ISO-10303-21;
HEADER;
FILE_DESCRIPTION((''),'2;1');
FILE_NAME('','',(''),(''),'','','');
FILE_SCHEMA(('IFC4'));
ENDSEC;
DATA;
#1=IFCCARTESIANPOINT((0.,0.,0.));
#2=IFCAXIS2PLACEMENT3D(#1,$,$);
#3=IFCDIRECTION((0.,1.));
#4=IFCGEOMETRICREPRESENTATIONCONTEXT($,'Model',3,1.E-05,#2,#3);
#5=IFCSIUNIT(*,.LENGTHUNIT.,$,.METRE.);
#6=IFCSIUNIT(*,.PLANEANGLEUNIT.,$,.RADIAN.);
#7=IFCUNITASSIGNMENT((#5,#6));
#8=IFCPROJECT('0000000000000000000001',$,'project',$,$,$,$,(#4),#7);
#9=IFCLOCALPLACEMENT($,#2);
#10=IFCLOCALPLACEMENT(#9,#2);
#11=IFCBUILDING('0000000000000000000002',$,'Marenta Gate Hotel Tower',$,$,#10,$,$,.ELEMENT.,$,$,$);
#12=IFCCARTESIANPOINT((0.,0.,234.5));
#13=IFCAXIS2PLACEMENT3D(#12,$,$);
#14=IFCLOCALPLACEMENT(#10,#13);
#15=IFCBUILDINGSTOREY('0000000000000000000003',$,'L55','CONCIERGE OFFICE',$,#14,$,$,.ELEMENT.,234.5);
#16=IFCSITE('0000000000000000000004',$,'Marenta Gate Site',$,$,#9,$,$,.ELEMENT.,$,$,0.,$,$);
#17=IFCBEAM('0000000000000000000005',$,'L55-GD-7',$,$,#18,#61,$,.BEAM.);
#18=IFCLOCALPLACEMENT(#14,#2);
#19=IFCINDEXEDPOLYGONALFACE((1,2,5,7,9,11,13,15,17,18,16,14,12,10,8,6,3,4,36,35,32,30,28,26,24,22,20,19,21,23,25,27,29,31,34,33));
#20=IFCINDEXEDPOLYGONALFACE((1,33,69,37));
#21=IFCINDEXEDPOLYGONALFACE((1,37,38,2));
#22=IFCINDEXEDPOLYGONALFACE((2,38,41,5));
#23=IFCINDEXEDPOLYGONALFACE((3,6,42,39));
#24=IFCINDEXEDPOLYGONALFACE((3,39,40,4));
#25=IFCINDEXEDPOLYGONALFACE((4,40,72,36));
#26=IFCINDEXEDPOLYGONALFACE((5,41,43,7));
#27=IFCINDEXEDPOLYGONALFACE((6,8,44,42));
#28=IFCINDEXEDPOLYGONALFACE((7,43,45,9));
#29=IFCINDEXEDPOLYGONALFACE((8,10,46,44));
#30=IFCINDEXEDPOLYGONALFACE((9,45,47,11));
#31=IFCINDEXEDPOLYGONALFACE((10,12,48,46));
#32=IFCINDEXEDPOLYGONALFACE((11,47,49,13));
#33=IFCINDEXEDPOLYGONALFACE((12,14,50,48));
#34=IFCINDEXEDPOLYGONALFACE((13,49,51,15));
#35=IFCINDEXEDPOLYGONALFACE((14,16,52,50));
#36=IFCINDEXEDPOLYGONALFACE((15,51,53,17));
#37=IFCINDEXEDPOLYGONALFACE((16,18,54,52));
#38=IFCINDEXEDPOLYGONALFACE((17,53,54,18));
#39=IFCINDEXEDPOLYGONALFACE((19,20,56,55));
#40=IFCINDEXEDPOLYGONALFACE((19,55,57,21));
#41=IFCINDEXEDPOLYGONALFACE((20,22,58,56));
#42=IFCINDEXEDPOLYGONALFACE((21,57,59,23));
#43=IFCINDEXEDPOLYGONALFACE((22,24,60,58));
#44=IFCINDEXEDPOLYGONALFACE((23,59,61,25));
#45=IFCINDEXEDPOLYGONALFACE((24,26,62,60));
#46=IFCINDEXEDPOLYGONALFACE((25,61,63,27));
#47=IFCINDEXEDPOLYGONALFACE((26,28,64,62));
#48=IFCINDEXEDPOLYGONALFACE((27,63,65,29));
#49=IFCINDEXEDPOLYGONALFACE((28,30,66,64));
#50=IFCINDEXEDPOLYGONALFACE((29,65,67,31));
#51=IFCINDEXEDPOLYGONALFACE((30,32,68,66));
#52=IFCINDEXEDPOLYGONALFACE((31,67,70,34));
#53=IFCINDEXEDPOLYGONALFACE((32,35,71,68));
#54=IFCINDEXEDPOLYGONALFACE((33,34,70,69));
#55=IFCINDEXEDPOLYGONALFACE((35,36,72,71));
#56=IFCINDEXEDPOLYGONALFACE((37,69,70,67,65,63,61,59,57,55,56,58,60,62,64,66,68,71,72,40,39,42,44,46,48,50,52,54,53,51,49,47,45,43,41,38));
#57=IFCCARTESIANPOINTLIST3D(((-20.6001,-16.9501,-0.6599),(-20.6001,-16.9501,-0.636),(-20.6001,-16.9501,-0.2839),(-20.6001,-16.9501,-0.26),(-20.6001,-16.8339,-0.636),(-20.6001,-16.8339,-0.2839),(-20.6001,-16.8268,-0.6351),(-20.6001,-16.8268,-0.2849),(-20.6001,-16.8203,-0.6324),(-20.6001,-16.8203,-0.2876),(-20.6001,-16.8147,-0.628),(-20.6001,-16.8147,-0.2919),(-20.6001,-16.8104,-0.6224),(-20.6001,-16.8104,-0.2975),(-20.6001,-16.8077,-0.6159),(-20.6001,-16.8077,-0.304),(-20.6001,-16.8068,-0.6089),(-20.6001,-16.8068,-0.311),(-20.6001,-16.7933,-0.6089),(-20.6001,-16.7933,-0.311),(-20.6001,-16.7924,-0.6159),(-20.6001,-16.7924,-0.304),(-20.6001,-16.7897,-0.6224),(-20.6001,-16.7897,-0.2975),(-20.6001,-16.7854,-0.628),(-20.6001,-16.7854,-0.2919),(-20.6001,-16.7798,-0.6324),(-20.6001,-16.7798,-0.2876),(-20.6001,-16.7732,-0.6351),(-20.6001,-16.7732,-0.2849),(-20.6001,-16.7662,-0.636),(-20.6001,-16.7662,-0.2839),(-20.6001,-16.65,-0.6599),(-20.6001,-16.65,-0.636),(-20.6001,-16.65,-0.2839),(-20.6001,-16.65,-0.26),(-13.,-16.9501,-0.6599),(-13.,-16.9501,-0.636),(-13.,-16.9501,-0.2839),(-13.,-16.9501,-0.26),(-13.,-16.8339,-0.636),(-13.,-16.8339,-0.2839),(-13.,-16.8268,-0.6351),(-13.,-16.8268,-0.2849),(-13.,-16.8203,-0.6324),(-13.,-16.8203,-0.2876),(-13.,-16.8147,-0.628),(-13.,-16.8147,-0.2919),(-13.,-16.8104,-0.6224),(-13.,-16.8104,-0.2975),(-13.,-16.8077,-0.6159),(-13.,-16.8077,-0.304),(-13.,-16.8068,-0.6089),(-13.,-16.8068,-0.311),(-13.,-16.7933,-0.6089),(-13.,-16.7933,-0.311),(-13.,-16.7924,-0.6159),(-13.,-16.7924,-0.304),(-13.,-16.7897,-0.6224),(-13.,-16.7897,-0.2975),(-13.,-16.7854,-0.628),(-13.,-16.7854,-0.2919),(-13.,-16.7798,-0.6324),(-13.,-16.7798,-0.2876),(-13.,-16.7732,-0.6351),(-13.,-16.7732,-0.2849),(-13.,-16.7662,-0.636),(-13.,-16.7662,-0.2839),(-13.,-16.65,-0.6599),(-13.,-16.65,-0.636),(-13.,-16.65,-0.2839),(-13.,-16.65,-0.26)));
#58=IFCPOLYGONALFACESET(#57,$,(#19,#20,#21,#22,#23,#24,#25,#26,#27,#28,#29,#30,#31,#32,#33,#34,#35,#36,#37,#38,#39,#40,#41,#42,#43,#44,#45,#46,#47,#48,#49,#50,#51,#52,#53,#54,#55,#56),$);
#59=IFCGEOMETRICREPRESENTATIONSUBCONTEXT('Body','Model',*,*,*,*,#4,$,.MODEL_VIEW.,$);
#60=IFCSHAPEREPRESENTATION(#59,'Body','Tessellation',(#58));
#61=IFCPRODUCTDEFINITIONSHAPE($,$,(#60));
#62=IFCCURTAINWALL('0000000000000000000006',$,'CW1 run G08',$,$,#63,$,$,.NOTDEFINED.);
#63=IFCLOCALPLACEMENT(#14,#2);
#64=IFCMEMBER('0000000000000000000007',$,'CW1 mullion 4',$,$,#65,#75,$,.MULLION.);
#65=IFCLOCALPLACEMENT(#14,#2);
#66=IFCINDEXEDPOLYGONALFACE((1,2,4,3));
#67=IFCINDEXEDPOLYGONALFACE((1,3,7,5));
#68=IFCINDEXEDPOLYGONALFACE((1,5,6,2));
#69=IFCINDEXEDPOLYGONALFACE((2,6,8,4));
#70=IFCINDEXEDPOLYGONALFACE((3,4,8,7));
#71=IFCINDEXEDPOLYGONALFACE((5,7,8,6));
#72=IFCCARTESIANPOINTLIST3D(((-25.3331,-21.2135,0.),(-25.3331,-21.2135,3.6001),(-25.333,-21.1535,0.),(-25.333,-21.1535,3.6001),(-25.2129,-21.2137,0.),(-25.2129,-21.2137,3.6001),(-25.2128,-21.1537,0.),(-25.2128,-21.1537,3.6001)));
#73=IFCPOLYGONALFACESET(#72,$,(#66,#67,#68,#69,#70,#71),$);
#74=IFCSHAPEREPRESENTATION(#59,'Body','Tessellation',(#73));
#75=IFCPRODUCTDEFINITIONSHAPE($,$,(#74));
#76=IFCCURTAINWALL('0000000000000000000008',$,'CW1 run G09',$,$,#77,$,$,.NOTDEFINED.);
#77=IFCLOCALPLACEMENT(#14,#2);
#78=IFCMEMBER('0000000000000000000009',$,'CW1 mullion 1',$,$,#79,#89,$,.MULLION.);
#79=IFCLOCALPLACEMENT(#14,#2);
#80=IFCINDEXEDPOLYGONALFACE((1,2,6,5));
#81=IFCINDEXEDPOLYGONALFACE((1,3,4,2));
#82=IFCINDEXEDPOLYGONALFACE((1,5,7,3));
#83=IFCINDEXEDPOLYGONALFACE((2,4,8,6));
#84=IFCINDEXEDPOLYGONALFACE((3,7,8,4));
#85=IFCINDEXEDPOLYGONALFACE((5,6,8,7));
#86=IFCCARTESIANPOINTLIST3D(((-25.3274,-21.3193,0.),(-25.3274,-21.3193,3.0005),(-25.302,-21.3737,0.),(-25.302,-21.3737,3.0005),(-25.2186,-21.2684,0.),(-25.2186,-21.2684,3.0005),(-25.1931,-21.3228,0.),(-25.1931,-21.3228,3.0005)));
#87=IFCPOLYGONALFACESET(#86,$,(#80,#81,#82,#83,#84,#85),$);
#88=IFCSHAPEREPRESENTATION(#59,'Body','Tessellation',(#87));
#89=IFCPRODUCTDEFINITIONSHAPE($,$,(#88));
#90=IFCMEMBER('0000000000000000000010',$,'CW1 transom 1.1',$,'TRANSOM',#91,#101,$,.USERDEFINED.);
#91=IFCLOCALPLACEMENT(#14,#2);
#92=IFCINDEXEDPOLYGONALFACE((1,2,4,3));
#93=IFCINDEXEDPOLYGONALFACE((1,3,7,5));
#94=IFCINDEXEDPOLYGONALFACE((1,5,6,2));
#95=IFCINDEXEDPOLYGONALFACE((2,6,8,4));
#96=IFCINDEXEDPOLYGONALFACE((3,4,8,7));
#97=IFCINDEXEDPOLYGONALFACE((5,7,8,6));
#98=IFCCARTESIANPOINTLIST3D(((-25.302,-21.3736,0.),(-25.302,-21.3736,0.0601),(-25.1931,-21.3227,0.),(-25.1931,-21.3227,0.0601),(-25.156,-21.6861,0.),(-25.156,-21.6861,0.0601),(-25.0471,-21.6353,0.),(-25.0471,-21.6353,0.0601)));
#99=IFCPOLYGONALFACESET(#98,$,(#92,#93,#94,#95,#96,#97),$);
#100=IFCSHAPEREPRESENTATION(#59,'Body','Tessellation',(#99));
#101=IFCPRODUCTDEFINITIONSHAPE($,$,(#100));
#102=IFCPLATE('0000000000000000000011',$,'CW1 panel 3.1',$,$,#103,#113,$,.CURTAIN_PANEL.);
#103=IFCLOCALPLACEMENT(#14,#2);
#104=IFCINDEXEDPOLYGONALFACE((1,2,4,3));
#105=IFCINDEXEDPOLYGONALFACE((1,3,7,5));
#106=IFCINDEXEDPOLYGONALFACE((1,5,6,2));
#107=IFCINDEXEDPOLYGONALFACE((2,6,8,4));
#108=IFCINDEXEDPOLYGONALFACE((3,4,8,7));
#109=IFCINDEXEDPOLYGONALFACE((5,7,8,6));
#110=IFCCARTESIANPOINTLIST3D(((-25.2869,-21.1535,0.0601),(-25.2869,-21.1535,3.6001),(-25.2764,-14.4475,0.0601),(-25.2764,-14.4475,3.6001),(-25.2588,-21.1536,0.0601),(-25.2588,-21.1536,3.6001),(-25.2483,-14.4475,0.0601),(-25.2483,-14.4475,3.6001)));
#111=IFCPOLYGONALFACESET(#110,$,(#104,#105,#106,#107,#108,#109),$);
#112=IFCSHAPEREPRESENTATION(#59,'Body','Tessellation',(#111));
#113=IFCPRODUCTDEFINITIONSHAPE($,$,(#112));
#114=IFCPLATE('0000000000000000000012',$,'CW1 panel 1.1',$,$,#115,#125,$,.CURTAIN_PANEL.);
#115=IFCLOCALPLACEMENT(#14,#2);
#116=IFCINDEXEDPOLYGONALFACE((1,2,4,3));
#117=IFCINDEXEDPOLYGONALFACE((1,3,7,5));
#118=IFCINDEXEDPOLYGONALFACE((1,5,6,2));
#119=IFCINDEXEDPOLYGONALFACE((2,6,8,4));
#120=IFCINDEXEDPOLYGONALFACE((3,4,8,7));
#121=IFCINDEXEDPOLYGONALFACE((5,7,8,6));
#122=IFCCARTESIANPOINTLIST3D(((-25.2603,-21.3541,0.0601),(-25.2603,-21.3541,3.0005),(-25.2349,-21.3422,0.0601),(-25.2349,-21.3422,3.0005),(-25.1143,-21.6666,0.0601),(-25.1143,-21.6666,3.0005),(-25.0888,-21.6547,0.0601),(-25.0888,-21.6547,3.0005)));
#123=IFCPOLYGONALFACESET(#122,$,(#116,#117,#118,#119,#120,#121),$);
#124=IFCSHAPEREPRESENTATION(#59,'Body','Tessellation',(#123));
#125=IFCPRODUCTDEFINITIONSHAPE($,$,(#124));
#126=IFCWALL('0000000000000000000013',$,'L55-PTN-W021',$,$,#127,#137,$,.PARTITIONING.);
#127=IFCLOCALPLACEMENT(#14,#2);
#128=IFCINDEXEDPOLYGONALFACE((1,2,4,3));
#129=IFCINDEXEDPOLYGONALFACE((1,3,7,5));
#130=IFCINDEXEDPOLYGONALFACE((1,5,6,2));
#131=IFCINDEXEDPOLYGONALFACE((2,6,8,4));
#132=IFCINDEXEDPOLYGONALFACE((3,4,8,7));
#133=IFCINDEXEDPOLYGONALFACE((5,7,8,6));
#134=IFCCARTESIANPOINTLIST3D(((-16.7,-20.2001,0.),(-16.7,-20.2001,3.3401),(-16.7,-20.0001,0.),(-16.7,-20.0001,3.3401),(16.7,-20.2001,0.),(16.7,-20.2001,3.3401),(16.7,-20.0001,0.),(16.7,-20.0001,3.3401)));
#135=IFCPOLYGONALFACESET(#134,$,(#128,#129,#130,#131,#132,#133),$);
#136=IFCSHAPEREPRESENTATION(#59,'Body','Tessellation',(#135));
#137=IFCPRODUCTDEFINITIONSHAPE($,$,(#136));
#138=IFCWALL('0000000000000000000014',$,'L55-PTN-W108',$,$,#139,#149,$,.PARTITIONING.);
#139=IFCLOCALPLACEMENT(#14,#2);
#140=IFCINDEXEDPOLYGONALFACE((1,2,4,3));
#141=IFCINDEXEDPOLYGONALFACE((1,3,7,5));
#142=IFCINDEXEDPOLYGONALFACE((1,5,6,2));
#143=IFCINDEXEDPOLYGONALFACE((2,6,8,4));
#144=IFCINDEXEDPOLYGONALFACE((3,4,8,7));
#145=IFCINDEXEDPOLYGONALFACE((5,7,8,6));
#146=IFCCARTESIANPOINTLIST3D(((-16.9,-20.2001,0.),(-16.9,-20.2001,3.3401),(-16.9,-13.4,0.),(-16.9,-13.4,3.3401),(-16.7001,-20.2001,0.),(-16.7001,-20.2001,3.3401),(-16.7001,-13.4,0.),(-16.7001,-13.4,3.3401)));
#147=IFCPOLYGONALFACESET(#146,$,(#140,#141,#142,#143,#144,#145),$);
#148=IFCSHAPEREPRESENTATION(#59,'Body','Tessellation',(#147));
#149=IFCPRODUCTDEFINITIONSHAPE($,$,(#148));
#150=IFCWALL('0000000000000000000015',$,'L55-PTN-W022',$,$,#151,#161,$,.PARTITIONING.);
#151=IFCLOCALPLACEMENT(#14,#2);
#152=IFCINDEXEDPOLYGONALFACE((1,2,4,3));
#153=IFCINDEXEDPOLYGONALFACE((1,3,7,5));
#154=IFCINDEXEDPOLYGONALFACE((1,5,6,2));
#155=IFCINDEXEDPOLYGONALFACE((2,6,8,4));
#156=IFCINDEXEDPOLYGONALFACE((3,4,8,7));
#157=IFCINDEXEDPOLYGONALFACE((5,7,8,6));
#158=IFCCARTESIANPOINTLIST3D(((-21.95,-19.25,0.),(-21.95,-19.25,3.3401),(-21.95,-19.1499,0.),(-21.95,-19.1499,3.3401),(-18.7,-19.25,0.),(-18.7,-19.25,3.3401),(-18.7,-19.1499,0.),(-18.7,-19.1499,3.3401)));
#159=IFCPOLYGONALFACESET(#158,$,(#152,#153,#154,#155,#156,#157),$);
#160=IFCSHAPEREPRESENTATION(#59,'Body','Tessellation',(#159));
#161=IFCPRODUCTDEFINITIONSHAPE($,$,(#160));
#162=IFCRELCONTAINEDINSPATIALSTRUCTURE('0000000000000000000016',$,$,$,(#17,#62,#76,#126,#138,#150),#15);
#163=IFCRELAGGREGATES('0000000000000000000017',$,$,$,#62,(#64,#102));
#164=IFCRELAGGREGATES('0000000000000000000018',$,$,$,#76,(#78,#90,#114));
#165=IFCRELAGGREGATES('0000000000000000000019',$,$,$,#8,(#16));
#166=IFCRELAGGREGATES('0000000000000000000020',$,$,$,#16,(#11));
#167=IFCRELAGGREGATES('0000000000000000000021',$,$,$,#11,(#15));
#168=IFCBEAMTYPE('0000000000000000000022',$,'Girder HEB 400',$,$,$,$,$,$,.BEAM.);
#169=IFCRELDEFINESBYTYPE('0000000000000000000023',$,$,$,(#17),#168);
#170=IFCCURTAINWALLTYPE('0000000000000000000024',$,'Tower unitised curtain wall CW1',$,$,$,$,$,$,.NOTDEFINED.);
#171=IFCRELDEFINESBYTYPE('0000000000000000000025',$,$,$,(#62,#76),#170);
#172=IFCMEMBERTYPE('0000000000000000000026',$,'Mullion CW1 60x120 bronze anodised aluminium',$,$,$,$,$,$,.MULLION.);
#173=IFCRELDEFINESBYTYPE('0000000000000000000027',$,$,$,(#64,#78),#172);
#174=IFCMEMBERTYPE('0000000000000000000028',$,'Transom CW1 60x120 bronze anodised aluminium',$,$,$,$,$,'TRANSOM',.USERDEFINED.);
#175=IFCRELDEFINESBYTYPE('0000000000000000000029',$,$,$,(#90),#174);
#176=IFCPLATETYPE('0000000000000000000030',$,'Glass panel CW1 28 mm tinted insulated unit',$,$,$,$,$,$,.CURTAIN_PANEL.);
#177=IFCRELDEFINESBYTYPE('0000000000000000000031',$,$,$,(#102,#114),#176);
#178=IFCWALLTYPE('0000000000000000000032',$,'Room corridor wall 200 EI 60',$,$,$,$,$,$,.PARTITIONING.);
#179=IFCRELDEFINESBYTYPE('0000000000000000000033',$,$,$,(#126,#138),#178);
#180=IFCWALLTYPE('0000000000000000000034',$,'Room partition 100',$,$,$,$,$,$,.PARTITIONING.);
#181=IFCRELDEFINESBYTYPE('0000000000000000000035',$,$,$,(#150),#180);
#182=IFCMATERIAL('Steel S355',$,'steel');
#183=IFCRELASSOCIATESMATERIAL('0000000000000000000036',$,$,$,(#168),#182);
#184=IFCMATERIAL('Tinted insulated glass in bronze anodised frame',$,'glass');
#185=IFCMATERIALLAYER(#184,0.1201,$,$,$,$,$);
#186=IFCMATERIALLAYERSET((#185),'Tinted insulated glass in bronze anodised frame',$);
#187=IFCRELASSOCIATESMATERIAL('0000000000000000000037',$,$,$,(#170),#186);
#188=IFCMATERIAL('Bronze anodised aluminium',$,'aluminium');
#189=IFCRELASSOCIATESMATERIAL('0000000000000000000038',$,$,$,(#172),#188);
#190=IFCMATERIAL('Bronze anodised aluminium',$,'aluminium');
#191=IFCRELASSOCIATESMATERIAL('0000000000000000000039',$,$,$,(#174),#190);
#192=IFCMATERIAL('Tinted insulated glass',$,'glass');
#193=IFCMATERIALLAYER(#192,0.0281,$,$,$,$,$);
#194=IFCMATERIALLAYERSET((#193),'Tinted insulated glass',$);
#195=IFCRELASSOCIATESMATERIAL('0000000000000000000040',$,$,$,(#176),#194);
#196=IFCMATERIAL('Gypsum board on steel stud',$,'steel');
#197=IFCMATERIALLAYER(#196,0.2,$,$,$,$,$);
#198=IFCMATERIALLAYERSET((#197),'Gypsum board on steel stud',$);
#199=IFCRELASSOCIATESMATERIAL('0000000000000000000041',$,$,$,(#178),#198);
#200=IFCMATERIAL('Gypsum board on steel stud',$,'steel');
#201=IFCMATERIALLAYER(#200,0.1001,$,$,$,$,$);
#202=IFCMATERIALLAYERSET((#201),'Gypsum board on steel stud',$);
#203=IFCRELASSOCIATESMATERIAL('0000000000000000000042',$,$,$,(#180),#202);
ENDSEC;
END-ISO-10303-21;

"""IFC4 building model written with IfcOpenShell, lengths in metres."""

from ifc_helpers import new_model, si_unit, direction, frame, frame_2d, origin, origin_2d, place, context, subcontext, project, spatial, rectangle, i_section, extrude, material, layer, layer_set, material_profile, profile_set, type_object, element, aggregate, save


model = new_model("IFC4")

# Units and contexts
model_context = context("Model", 3, precision=1e-05, world=origin(), true_north=direction((0.0, 1.0)))
body_context = subcontext(model_context, "Body", "Model", "MODEL_VIEW")
ifc_project = project(units=[si_unit("LENGTHUNIT", "METRE"), si_unit("PLANEANGLEUNIT", "RADIAN")], contexts=[model_context])

# Site, building, storey
site_placement = place(None, origin())
site = spatial("IfcSite", under=ifc_project, at=site_placement, Name="Marenta Gate Site", CompositionType="ELEMENT", RefElevation=0.0)
building_placement = place(site_placement, origin())
building = spatial("IfcBuilding", under=site, at=building_placement, Name="Marenta Gate Hotel Tower", CompositionType="ELEMENT")
storey_placement = place(building_placement, frame((0.0, 0.0, 234.5)))
storey = spatial("IfcBuildingStorey", under=building, at=storey_placement, Name="L55", Description="CONCIERGE OFFICE", CompositionType="ELEMENT", Elevation=234.5)

# Beam
ifc_material_1 = material(Name="Steel S355", Category="steel")
ifc_material_profile_1 = material_profile(ifc_material_1, i_section(OverallWidth=0.3, OverallDepth=0.3999, WebThickness=0.0134, FlangeThickness=0.0239, FilletRadius=0.0271, at=origin_2d()), Name="HEB 400")
ifc_profile_set_1 = profile_set([ifc_material_profile_1], Name="Steel S355")
beam_type_1 = type_object("IfcBeamType", Name="Girder HEB 400", PredefinedType="BEAM", material=ifc_profile_set_1)
beam_1_placement = place(storey_placement, frame((-20.6001, -16.8, -0.46), z_axis=(1.0, 0.0, 0.0), x_axis=(0.0, 1.0, 0.0)))
element("IfcBeam", 1, at=beam_1_placement, inside=storey, type_object=beam_type_1, Name="L55-GD-7", PredefinedType="BEAM", context=body_context, shape_type="SweptSolid", body=[
    extrude(i_section(OverallWidth=0.3, OverallDepth=0.3999, WebThickness=0.0134, FlangeThickness=0.0239, FilletRadius=0.0271, at=origin_2d()), origin(), (0.0, 0.0, 1.0), 7.6001),
])

# Curtain wall, member
ifc_material_2 = material(Name="Tinted insulated glass in bronze anodised frame", Category="glass")
ifc_layer_1 = layer(ifc_material_2, 0.1201)
ifc_layer_set_1 = layer_set([ifc_layer_1], Name="Tinted insulated glass in bronze anodised frame")
curtain_wall_type = type_object("IfcCurtainWallType", Name="Tower unitised curtain wall CW1", PredefinedType="NOTDEFINED", material=ifc_layer_set_1)
curtain_wall_1_placement = place(storey_placement, origin())
curtain_wall_1 = element("IfcCurtainWall", 2, at=curtain_wall_1_placement, inside=storey, type_object=curtain_wall_type, Name="CW1 run G08", PredefinedType="NOTDEFINED")
ifc_material_3 = material(Name="Bronze anodised aluminium", Category="aluminium")
ifc_material_profile_2 = material_profile(ifc_material_3, rectangle(XDim=0.1201, YDim=0.0601, at=origin_2d()), Name="Mullion CW1 60x120 bronze anodised aluminium")
ifc_profile_set_2 = profile_set([ifc_material_profile_2], Name="Bronze anodised aluminium")
member_type_1 = type_object("IfcMemberType", Name="Mullion CW1 60x120 bronze anodised aluminium", PredefinedType="MULLION", material=ifc_profile_set_2)
member_1_placement = place(storey_placement, frame((-25.2729, -21.1836, 0.0), z_axis=(0.0, 0.0, 1.0), x_axis=(0.999999, -0.001565, 0.0)))
member_1 = element("IfcMember", 3, at=member_1_placement, type_object=member_type_1, Name="CW1 mullion 4", PredefinedType="MULLION", context=body_context, shape_type="SweptSolid", body=[
    extrude(rectangle(XDim=0.1201, YDim=0.0601, at=origin_2d()), origin(), (0.0, 0.0, 1.0), 3.6001),
])

# Curtain wall, members
curtain_wall_2_placement = place(storey_placement, origin())
curtain_wall_2 = element("IfcCurtainWall", 4, at=curtain_wall_2_placement, inside=storey, type_object=curtain_wall_type, Name="CW1 run G09", PredefinedType="NOTDEFINED")
member_2_placement = place(storey_placement, frame((-25.2603, -21.321, 0.0), z_axis=(0.0, 0.0, 1.0), x_axis=(0.905968, 0.423345, 0.0)))
member_2 = element("IfcMember", 5, at=member_2_placement, type_object=member_type_1, Name="CW1 mullion 1", PredefinedType="MULLION", context=body_context, shape_type="SweptSolid", body=[
    extrude(rectangle(XDim=0.1201, YDim=0.0601, at=origin_2d()), origin(), (0.0, 0.0, 1.0), 3.0005),
])
ifc_material_4 = material(Name="Bronze anodised aluminium", Category="aluminium")
ifc_material_profile_3 = material_profile(ifc_material_4, rectangle(XDim=0.1201, YDim=0.0601, at=origin_2d()), Name="Transom CW1 60x120 bronze anodised aluminium")
ifc_profile_set_3 = profile_set([ifc_material_profile_3], Name="Bronze anodised aluminium")
member_type_2 = type_object("IfcMemberType", Name="Transom CW1 60x120 bronze anodised aluminium", ElementType="TRANSOM", PredefinedType="USERDEFINED", material=ifc_profile_set_3)
member_3_placement = place(storey_placement, frame((-25.2476, -21.3481, 0.03), z_axis=(0.423273, -0.906002, 0.0), x_axis=(0.906002, 0.423273, 0.0)))
member_3 = element("IfcMember", 6, at=member_3_placement, type_object=member_type_2, Name="CW1 transom 1.1", ObjectType="TRANSOM", PredefinedType="USERDEFINED", context=body_context, shape_type="SweptSolid", body=[
    extrude(rectangle(XDim=0.1201, YDim=0.0601, at=origin_2d()), origin(), (0.0, 0.0, 1.0), 0.345),
])

# Plates
ifc_material_5 = material(Name="Tinted insulated glass", Category="glass")
ifc_layer_2 = layer(ifc_material_5, 0.0281)
ifc_layer_set_2 = layer_set([ifc_layer_2], Name="Tinted insulated glass")
plate_type = type_object("IfcPlateType", Name="Glass panel CW1 28 mm tinted insulated unit", PredefinedType="CURTAIN_PANEL", material=ifc_layer_set_2)
plate_1_placement = place(storey_placement, frame((-25.2676, -17.8005, 0.0601), z_axis=(0.0, 0.0, 1.0), x_axis=(-0.001565, -0.999999, 0.0)))
plate_1 = element("IfcPlate", 7, at=plate_1_placement, type_object=plate_type, Name="CW1 panel 3.1", PredefinedType="CURTAIN_PANEL", context=body_context, shape_type="SweptSolid", body=[
    extrude(rectangle(XDim=6.7061, YDim=0.0281, at=origin_2d()), origin(), (0.0, 0.0, 1.0), 3.54),
])
aggregate(curtain_wall_1, [member_1, plate_1])
plate_2_placement = place(storey_placement, frame((-25.1746, -21.5044, 0.0601), z_axis=(0.0, 0.0, 1.0), x_axis=(0.423345, -0.905968, 0.0)))
plate_2 = element("IfcPlate", 8, at=plate_2_placement, type_object=plate_type, Name="CW1 panel 1.1", PredefinedType="CURTAIN_PANEL", context=body_context, shape_type="SweptSolid", body=[
    extrude(rectangle(XDim=0.345, YDim=0.0281, at=origin_2d()), origin(), (0.0, 0.0, 1.0), 2.9404),
])
aggregate(curtain_wall_2, [member_2, member_3, plate_2])

# Walls
ifc_material_6 = material(Name="Gypsum board on steel stud", Category="steel")
ifc_layer_3 = layer(ifc_material_6, 0.2)
ifc_layer_set_3 = layer_set([ifc_layer_3], Name="Gypsum board on steel stud")
wall_type_1 = type_object("IfcWallType", Name="Room corridor wall 200 EI 60", PredefinedType="PARTITIONING", material=ifc_layer_set_3)
wall_1_placement = place(storey_placement, frame((-16.7, -20.1001, 0.0), z_axis=(0.0, 0.0, 1.0), x_axis=(1.0, 0.0, 0.0)))
element("IfcWall", 9, at=wall_1_placement, inside=storey, type_object=wall_type_1, Name="L55-PTN-W021", PredefinedType="PARTITIONING", context=body_context, shape_type="SweptSolid", body=[
    extrude(rectangle(XDim=33.3999, YDim=0.2, at=frame_2d((16.7, 0.0))), origin(), (0.0, 0.0, 1.0), 3.3401),
])
wall_2_placement = place(storey_placement, frame((-16.8, -20.2, 0.0), z_axis=(0.0, 0.0, 1.0), x_axis=(0.0, 1.0, 0.0)))
element("IfcWall", 10, at=wall_2_placement, inside=storey, type_object=wall_type_1, Name="L55-PTN-W108", PredefinedType="PARTITIONING", context=body_context, shape_type="SweptSolid", body=[
    extrude(rectangle(XDim=6.8, YDim=0.2, at=frame_2d((3.3999, 0.0))), origin(), (0.0, 0.0, 1.0), 3.3401),
])
ifc_material_7 = material(Name="Gypsum board on steel stud", Category="steel")
ifc_layer_4 = layer(ifc_material_7, 0.1001)
ifc_layer_set_4 = layer_set([ifc_layer_4], Name="Gypsum board on steel stud")
wall_type_2 = type_object("IfcWallType", Name="Room partition 100", PredefinedType="PARTITIONING", material=ifc_layer_set_4)
wall_3_placement = place(storey_placement, frame((-21.95, -19.2, 0.0), z_axis=(0.0, 0.0, 1.0), x_axis=(1.0, 0.0, 0.0)))
element("IfcWall", 11, at=wall_3_placement, inside=storey, type_object=wall_type_2, Name="L55-PTN-W022", PredefinedType="PARTITIONING", context=body_context, shape_type="SweptSolid", body=[
    extrude(rectangle(XDim=3.25, YDim=0.1001, at=frame_2d((1.625, 0.0))), origin(), (0.0, 0.0, 1.0), 3.3401),
])

save(model, "model.ifc")
